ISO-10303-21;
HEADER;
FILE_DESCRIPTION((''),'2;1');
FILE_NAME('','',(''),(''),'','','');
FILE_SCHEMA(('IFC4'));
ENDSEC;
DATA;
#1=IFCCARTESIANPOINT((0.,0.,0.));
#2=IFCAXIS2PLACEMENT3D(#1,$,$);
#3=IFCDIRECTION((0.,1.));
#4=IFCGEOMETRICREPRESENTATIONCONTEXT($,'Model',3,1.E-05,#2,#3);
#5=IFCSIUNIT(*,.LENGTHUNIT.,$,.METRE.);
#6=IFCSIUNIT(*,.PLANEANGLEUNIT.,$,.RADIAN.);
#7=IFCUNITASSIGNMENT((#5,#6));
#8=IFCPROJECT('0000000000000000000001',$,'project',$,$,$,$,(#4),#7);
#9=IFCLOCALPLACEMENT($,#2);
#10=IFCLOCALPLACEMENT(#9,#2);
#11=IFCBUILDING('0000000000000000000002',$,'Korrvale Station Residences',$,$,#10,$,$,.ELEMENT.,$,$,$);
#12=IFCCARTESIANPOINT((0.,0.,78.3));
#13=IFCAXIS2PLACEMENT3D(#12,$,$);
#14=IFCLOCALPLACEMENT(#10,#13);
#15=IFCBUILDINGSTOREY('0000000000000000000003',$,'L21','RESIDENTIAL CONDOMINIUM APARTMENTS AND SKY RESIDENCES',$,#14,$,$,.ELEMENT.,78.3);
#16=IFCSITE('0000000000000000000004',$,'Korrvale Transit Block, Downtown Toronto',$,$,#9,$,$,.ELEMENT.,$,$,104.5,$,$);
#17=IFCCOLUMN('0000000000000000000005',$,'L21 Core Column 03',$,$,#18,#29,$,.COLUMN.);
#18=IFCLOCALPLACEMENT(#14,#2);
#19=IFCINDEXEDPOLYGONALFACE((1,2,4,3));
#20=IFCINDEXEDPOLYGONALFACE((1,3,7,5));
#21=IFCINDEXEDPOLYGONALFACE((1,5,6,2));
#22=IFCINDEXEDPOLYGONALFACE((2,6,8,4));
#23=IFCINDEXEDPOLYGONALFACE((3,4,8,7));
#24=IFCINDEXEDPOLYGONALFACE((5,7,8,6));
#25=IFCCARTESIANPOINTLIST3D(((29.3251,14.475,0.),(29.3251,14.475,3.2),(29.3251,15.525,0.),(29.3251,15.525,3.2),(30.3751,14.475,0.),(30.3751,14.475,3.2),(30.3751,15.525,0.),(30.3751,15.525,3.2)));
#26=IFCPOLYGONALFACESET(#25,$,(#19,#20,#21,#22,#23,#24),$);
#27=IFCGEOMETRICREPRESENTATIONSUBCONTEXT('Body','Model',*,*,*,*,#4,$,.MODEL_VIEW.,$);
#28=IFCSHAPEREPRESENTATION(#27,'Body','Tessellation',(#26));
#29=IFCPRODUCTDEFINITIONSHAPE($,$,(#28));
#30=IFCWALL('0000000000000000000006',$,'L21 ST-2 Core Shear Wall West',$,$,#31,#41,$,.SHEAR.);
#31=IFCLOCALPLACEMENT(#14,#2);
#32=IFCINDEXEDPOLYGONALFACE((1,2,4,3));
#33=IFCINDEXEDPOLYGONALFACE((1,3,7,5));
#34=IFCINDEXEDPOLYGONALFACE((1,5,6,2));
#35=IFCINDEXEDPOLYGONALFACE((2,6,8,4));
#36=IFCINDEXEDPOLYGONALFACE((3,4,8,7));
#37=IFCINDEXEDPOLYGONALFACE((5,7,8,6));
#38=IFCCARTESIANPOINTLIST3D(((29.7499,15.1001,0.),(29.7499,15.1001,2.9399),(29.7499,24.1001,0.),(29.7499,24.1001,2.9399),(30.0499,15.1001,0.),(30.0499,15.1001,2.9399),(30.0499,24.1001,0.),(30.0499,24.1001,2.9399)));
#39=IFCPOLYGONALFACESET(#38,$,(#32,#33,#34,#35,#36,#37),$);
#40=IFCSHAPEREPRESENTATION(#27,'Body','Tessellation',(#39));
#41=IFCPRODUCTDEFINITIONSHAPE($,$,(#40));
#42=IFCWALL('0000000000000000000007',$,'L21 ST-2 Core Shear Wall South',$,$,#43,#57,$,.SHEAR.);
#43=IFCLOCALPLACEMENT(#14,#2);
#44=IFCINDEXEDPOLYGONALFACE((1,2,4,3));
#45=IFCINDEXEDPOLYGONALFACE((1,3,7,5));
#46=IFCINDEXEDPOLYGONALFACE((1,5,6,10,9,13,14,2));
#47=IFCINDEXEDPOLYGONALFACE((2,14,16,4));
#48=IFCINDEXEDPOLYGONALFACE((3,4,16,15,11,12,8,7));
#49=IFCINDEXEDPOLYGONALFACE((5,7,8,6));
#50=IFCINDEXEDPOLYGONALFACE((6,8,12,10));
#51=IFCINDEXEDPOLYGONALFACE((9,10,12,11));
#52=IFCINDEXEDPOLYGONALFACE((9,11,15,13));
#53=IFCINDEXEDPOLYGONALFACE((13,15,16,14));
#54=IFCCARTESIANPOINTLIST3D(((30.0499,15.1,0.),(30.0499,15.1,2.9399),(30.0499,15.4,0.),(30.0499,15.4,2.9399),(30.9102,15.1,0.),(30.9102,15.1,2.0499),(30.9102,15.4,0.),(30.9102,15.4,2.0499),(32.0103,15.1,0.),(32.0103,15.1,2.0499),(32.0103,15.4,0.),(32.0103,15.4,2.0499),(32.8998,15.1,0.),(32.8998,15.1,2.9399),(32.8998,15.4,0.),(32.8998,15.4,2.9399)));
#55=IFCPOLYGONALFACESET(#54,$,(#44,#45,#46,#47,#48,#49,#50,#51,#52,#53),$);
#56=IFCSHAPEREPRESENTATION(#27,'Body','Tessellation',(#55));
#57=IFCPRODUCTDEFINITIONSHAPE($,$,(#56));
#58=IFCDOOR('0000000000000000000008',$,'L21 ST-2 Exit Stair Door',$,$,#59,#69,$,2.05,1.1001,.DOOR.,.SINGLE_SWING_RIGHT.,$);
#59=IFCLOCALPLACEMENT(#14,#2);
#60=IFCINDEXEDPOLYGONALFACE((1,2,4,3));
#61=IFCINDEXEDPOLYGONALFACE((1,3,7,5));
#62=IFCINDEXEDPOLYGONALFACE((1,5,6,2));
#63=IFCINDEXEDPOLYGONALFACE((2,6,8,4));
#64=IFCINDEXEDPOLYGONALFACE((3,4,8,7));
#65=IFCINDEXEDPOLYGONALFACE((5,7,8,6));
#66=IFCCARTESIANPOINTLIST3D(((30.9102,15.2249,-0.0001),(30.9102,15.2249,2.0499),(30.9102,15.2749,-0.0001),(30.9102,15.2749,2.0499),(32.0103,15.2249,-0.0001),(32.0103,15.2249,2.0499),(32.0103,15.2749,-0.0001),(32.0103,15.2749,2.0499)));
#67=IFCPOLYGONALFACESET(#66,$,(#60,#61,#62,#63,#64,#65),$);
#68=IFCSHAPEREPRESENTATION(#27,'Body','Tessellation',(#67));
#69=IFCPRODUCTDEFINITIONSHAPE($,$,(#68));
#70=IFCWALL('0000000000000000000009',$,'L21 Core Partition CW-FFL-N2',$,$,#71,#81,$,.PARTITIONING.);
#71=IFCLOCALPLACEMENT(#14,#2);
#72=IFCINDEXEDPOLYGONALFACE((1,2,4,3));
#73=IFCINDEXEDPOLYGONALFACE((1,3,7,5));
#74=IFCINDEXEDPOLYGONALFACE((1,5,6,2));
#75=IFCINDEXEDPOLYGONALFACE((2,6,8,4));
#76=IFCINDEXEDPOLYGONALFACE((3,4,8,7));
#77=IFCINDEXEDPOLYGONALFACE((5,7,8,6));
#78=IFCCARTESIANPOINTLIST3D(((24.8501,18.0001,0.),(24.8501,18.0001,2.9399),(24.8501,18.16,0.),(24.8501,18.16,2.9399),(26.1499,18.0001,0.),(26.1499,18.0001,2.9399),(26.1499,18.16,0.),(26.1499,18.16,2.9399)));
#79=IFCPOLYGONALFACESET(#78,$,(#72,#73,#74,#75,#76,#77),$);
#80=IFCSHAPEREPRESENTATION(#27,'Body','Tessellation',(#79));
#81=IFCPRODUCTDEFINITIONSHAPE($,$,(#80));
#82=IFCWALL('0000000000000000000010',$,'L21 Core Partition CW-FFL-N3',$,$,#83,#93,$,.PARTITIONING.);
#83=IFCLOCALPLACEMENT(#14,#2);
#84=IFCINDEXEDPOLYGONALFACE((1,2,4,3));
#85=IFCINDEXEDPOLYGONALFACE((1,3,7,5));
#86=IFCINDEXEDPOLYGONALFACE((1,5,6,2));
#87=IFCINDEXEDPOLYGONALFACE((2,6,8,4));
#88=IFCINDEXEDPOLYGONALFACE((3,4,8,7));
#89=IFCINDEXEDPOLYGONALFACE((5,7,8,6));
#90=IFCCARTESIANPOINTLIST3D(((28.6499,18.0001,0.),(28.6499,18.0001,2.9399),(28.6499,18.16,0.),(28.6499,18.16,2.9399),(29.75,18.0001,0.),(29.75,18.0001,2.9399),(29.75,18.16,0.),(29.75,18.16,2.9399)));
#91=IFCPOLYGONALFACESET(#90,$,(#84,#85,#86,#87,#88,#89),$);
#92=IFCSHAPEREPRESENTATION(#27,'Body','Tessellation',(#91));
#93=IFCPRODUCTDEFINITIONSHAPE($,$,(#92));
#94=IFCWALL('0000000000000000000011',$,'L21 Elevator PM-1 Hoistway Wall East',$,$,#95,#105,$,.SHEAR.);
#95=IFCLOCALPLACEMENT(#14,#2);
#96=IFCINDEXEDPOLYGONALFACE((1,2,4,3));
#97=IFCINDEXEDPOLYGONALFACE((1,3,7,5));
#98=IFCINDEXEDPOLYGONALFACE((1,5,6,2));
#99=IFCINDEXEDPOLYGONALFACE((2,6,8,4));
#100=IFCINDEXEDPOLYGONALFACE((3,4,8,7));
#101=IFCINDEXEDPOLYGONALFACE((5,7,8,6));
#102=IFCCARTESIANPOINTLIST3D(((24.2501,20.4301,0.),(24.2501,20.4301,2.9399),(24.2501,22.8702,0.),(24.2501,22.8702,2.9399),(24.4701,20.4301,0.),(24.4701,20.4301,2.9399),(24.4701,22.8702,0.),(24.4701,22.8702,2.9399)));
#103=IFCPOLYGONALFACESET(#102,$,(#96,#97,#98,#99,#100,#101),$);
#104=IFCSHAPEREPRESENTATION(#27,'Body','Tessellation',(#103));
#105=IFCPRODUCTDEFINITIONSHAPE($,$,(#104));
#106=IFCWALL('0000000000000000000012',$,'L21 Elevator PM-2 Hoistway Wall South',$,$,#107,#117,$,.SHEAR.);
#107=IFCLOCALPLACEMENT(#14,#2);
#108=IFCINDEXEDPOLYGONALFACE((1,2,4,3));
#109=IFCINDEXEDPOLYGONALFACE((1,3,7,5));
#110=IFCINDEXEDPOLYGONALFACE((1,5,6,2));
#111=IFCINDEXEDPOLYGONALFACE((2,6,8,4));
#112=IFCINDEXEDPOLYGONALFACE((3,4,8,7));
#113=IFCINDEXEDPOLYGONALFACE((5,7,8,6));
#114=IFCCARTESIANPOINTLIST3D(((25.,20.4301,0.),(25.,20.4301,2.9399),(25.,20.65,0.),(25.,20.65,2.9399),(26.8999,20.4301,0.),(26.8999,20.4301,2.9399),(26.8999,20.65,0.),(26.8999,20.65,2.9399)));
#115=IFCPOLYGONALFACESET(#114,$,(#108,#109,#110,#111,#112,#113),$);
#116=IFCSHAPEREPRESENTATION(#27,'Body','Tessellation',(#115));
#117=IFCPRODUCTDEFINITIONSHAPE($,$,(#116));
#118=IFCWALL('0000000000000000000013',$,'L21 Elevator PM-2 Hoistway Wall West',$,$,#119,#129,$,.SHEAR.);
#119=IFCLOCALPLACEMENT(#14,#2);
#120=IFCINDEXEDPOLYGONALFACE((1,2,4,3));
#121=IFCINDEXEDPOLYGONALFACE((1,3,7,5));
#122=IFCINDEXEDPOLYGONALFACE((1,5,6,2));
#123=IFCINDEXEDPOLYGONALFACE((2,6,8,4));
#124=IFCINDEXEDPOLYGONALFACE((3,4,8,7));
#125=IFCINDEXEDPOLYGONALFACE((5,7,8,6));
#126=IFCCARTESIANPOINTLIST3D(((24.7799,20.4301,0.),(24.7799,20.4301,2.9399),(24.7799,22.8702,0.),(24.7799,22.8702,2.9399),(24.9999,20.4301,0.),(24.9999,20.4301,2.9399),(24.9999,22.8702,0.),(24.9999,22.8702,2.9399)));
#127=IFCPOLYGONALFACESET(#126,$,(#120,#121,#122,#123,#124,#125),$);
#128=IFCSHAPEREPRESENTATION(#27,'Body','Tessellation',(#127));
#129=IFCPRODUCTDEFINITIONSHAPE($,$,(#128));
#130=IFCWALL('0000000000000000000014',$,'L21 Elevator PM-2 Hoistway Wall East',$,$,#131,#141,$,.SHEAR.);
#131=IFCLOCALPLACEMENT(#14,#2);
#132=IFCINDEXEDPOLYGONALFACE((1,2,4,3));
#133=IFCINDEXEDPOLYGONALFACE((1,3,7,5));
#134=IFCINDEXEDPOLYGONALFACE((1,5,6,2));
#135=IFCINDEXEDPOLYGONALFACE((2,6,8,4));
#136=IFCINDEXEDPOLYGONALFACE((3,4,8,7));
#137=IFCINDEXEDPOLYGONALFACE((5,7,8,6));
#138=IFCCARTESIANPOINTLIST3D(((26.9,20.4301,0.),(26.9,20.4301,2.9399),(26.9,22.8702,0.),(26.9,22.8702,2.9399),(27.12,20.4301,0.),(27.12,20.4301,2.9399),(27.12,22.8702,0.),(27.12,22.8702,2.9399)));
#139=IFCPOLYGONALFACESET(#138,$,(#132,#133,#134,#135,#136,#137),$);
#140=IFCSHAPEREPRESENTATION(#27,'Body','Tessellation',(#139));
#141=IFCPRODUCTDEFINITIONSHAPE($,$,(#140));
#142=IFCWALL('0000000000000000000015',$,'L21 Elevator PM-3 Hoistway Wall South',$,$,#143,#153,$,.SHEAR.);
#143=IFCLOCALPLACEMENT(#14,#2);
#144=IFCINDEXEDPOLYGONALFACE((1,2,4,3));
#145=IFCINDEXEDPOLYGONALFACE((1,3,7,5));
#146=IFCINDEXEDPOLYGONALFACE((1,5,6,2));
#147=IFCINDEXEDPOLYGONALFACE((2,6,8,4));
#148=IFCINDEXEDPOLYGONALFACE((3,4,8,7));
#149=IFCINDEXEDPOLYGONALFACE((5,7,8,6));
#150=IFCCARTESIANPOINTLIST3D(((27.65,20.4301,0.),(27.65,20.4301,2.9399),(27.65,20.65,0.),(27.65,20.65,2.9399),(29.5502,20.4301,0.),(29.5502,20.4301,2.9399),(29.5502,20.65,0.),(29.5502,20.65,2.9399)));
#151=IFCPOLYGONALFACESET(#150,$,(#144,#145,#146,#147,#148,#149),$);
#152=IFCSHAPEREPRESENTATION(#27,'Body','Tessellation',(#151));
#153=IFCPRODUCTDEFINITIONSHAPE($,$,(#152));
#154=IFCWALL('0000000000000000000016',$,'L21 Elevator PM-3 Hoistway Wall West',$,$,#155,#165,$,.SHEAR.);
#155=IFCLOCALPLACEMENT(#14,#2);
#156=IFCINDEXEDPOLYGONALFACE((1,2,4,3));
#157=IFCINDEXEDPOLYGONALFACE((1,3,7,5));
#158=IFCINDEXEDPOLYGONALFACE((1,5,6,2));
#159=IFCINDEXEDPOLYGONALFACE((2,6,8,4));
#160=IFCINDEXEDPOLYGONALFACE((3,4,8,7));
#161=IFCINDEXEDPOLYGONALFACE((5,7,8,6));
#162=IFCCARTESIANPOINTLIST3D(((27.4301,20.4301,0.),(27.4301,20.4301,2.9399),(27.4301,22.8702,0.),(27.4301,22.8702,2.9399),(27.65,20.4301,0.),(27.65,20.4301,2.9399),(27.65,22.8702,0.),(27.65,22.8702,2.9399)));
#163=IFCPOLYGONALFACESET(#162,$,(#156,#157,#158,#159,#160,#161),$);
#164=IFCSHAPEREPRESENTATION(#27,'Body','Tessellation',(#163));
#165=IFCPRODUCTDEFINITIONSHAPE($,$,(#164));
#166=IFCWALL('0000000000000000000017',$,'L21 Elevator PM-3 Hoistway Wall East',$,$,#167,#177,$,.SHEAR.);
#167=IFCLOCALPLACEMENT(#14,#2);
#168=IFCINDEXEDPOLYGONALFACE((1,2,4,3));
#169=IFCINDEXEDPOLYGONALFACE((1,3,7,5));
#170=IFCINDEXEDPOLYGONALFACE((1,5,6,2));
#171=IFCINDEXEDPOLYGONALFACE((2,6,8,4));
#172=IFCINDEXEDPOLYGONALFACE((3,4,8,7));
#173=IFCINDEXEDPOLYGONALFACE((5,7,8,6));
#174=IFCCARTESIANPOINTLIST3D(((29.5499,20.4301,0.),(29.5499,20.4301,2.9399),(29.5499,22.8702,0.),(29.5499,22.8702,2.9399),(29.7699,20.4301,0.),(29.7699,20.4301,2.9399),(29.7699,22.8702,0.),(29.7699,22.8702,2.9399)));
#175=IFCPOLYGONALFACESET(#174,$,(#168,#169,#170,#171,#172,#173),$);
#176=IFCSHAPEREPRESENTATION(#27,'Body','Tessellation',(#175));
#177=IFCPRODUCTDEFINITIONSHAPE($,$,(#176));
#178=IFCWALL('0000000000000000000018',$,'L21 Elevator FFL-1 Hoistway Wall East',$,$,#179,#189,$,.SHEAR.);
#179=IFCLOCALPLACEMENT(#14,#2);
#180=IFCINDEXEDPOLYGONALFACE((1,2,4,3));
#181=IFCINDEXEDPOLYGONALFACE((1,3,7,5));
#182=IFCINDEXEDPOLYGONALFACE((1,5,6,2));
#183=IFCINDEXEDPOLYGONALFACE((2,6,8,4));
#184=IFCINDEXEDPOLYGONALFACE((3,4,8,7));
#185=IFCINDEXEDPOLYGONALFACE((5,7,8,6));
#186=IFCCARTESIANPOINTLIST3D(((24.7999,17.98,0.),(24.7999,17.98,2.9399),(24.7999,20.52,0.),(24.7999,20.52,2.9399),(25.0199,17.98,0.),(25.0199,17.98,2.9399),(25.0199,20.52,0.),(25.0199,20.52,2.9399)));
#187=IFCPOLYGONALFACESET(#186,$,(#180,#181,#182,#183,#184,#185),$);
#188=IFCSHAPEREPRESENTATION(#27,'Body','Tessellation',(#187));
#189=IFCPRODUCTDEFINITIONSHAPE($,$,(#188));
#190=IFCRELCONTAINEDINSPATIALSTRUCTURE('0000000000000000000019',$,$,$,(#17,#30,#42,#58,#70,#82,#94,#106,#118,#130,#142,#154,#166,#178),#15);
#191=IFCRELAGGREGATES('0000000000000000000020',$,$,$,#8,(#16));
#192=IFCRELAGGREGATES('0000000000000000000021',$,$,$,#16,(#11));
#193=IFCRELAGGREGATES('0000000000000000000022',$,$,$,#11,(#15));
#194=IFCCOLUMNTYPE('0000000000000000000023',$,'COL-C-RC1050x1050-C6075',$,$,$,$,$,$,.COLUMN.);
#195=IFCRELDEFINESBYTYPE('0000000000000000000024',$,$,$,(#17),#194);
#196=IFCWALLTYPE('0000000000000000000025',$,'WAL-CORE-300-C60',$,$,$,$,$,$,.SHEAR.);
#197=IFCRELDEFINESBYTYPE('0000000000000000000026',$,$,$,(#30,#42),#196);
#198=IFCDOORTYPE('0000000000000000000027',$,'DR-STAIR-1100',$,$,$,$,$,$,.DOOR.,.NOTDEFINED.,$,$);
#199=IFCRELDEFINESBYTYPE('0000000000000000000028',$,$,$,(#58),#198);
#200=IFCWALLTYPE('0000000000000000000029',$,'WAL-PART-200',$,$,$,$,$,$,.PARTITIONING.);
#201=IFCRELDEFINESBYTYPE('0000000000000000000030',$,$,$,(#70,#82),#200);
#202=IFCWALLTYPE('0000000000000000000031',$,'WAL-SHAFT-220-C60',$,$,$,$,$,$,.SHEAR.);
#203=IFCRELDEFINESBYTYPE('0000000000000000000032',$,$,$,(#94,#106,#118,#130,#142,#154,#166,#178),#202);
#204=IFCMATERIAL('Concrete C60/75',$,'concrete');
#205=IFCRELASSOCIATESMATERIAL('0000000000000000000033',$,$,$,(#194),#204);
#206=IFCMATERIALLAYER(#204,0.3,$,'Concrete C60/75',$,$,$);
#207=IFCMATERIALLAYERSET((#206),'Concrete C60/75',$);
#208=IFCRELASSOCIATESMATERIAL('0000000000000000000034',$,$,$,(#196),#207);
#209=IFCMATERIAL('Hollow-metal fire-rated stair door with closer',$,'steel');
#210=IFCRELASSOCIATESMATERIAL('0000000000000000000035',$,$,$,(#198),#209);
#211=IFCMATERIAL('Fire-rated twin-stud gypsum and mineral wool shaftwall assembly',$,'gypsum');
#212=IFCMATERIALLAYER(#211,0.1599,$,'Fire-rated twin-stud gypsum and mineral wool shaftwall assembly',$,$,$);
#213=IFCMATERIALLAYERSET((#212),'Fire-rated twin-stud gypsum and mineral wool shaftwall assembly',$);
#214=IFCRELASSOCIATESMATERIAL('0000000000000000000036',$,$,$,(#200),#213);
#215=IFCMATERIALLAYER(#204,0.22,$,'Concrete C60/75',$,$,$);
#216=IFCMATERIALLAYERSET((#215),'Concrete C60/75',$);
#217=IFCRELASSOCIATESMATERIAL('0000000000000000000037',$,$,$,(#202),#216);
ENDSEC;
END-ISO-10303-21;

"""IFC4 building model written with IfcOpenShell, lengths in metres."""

from ifc_helpers import new_model, si_unit, direction, frame, frame_2d, origin, origin_2d, place, context, subcontext, project, spatial, rectangle, extrude, material, layer, layer_set, material_profile, profile_set, type_object, element, fill, save


model = new_model("IFC4")

# Units and contexts
model_context = context("Model", 3, precision=1e-05, world=origin(), true_north=direction((0.0, 1.0)))
body_context = subcontext(model_context, "Body", "Model", "MODEL_VIEW")
ifc_project = project(units=[si_unit("LENGTHUNIT", "METRE"), si_unit("PLANEANGLEUNIT", "RADIAN")], contexts=[model_context])

# Site, building, storey
site_placement = place(None, origin())
site = spatial("IfcSite", under=ifc_project, at=site_placement, Name="Korrvale Transit Block, Downtown Toronto", CompositionType="ELEMENT", RefElevation=104.5)
building_placement = place(site_placement, origin())
building = spatial("IfcBuilding", under=site, at=building_placement, Name="Korrvale Station Residences", CompositionType="ELEMENT")
storey_placement = place(building_placement, frame((0.0, 0.0, 78.3)))
storey = spatial("IfcBuildingStorey", under=building, at=storey_placement, Name="L21", Description="RESIDENTIAL CONDOMINIUM APARTMENTS AND SKY RESIDENCES", CompositionType="ELEMENT", Elevation=78.3)

# Column
ifc_material_1 = material(Name="Concrete C60/75", Category="concrete")
ifc_material_profile = material_profile(ifc_material_1, rectangle(XDim=1.05, YDim=1.05, at=origin_2d()), Name="RC1050x1050")
ifc_profile_set = profile_set([ifc_material_profile], Name="Concrete C60/75")
column_type = type_object("IfcColumnType", Name="COL-C-RC1050x1050-C6075", PredefinedType="COLUMN", material=ifc_profile_set)
column_placement = place(storey_placement, frame((29.8501, 15.0, 0.0), z_axis=(0.0, 0.0, 1.0), x_axis=(1.0, 0.0, 0.0)))
element("IfcColumn", 1, at=column_placement, inside=storey, type_object=column_type, Name="L21 Core Column 03", PredefinedType="COLUMN", context=body_context, shape_type="SweptSolid", body=[
    extrude(rectangle(XDim=1.05, YDim=1.05, at=origin_2d()), origin(), (0.0, 0.0, 1.0), 3.2),
])

# Wall
ifc_layer_1 = layer(ifc_material_1, 0.3, Name="Concrete C60/75")
ifc_layer_set_1 = layer_set([ifc_layer_1], Name="Concrete C60/75")
wall_type_1 = type_object("IfcWallType", Name="WAL-CORE-300-C60", PredefinedType="SHEAR", material=ifc_layer_set_1)
wall_1_placement = place(storey_placement, frame((29.8999, 15.1001, 0.0), z_axis=(0.0, 0.0, 1.0), x_axis=(0.0, 1.0, 0.0)))
element("IfcWall", 2, at=wall_1_placement, inside=storey, type_object=wall_type_1, Name="L21 ST-2 Core Shear Wall West", PredefinedType="SHEAR", context=body_context, shape_type="SweptSolid", body=[
    extrude(rectangle(XDim=9.0, YDim=0.3, at=frame_2d((4.5, 0.0))), origin(), (0.0, 0.0, 1.0), 2.9399),
])

# Wall, opening, door
wall_2_placement = place(storey_placement, frame((30.05, 15.25, 0.0), z_axis=(0.0, 0.0, 1.0), x_axis=(1.0, 0.0, 0.0)))
wall_2 = element("IfcWall", 3, at=wall_2_placement, inside=storey, type_object=wall_type_1, Name="L21 ST-2 Core Shear Wall South", PredefinedType="SHEAR", context=body_context, shape_type="SweptSolid", body=[
    extrude(rectangle(XDim=2.8499, YDim=0.3, at=frame_2d((1.4248, 0.0))), origin(), (0.0, 0.0, 1.0), 2.9399),
])
opening_1_placement = place(wall_2_placement, frame((0.8601, 0.0, 0.0)))
opening_1 = element("IfcOpeningElement", 4, at=opening_1_placement, cuts=wall_2, PredefinedType="OPENING", context=body_context, shape_type="SweptSolid", body=[
    extrude(rectangle(XDim=1.1001, YDim=2.05, at=frame_2d((0.55, 1.0249))), frame((0.0, 0.1602, 0.0), z_axis=(0.0, -1.0, 0.0), x_axis=(1.0, 0.0, 0.0)), (0.0, 0.0, 1.0), 0.3201),
])
ifc_material_2 = material(Name="Hollow-metal fire-rated stair door with closer", Category="steel")
door_type_1 = type_object("IfcDoorType", Name="DR-STAIR-1100", OperationType="NOTDEFINED", PredefinedType="DOOR", material=ifc_material_2)
door_1_placement = place(opening_1_placement, origin())
door_1 = element("IfcDoor", 5, at=door_1_placement, inside=storey, type_object=door_type_1, Name="L21 ST-2 Exit Stair Door", OperationType="SINGLE_SWING_RIGHT", OverallHeight=2.05, OverallWidth=1.1001, PredefinedType="DOOR", context=body_context, shape_type="SweptSolid", body=[
    extrude(rectangle(XDim=1.1001, YDim=2.05, at=frame_2d((0.55, 1.0249))), frame((0.0, 0.0249, 0.0), z_axis=(0.0, -1.0, 0.0), x_axis=(1.0, 0.0, 0.0)), (0.0, 0.0, 1.0), 0.05),
])
fill(opening_1, door_1)

# Walls
ifc_material_3 = material(Name="Fire-rated twin-stud gypsum and mineral wool shaftwall assembly", Category="gypsum")
ifc_layer_2 = layer(ifc_material_3, 0.1599, Name="Fire-rated twin-stud gypsum and mineral wool shaftwall assembly")
ifc_layer_set_2 = layer_set([ifc_layer_2], Name="Fire-rated twin-stud gypsum and mineral wool shaftwall assembly")
wall_type_2 = type_object("IfcWallType", Name="WAL-PART-200", PredefinedType="PARTITIONING", material=ifc_layer_set_2)
wall_3_placement = place(storey_placement, frame((24.8501, 18.0801, 0.0), z_axis=(0.0, 0.0, 1.0), x_axis=(1.0, 0.0, 0.0)))
element("IfcWall", 6, at=wall_3_placement, inside=storey, type_object=wall_type_2, Name="L21 Core Partition CW-FFL-N2", PredefinedType="PARTITIONING", context=body_context, shape_type="SweptSolid", body=[
    extrude(rectangle(XDim=1.2998, YDim=0.1599, at=frame_2d((0.6499, 0.0))), origin(), (0.0, 0.0, 1.0), 2.9399),
])
wall_4_placement = place(storey_placement, frame((28.6499, 18.0801, 0.0), z_axis=(0.0, 0.0, 1.0), x_axis=(1.0, 0.0, 0.0)))
element("IfcWall", 7, at=wall_4_placement, inside=storey, type_object=wall_type_2, Name="L21 Core Partition CW-FFL-N3", PredefinedType="PARTITIONING", context=body_context, shape_type="SweptSolid", body=[
    extrude(rectangle(XDim=1.1001, YDim=0.1599, at=frame_2d((0.55, 0.0))), origin(), (0.0, 0.0, 1.0), 2.9399),
])
ifc_layer_3 = layer(ifc_material_1, 0.22, Name="Concrete C60/75")
ifc_layer_set_3 = layer_set([ifc_layer_3], Name="Concrete C60/75")
wall_type_3 = type_object("IfcWallType", Name="WAL-SHAFT-220-C60", PredefinedType="SHEAR", material=ifc_layer_set_3)
wall_5_placement = place(storey_placement, frame((24.3601, 20.4299, 0.0), z_axis=(0.0, 0.0, 1.0), x_axis=(0.0, 1.0, 0.0)))
element("IfcWall", 8, at=wall_5_placement, inside=storey, type_object=wall_type_3, Name="L21 Elevator PM-1 Hoistway Wall East", PredefinedType="SHEAR", context=body_context, shape_type="SweptSolid", body=[
    extrude(rectangle(XDim=2.4402, YDim=0.22, at=frame_2d((1.2202, 0.0))), origin(), (0.0, 0.0, 1.0), 2.9399),
])
wall_6_placement = place(storey_placement, frame((25.0, 20.54, 0.0), z_axis=(0.0, 0.0, 1.0), x_axis=(1.0, 0.0, 0.0)))
element("IfcWall", 9, at=wall_6_placement, inside=storey, type_object=wall_type_3, Name="L21 Elevator PM-2 Hoistway Wall South", PredefinedType="SHEAR", context=body_context, shape_type="SweptSolid", body=[
    extrude(rectangle(XDim=1.8999, YDim=0.22, at=frame_2d((0.95, 0.0))), origin(), (0.0, 0.0, 1.0), 2.9399),
])
for number, where, z_axis, x_axis, name in (
    (10, (24.8899, 20.4299, 0.0), (0.0, 0.0, 1.0), (0.0, 1.0, 0.0), "L21 Elevator PM-2 Hoistway Wall West"),
    (11, (27.01, 20.4299, 0.0), (0.0, 0.0, 1.0), (0.0, 1.0, 0.0), "L21 Elevator PM-2 Hoistway Wall East"),
):
    element("IfcWall", number, at=place(storey_placement, frame(where, z_axis=z_axis, x_axis=x_axis)), inside=storey, type_object=wall_type_3, Name=name, PredefinedType="SHEAR", context=body_context, shape_type="SweptSolid", body=[
        extrude(rectangle(XDim=2.4402, YDim=0.22, at=frame_2d((1.2202, 0.0))), origin(), (0.0, 0.0, 1.0), 2.9399),
    ])
wall_7_placement = place(storey_placement, frame((27.6499, 20.54, 0.0), z_axis=(0.0, 0.0, 1.0), x_axis=(1.0, 0.0, 0.0)))
element("IfcWall", 12, at=wall_7_placement, inside=storey, type_object=wall_type_3, Name="L21 Elevator PM-3 Hoistway Wall South", PredefinedType="SHEAR", context=body_context, shape_type="SweptSolid", body=[
    extrude(rectangle(XDim=1.9001, YDim=0.22, at=frame_2d((0.9502, 0.0))), origin(), (0.0, 0.0, 1.0), 2.9399),
])
for number, where, z_axis, x_axis, name in (
    (13, (27.54, 20.4299, 0.0), (0.0, 0.0, 1.0), (0.0, 1.0, 0.0), "L21 Elevator PM-3 Hoistway Wall West"),
    (14, (29.6599, 20.4299, 0.0), (0.0, 0.0, 1.0), (0.0, 1.0, 0.0), "L21 Elevator PM-3 Hoistway Wall East"),
):
    element("IfcWall", number, at=place(storey_placement, frame(where, z_axis=z_axis, x_axis=x_axis)), inside=storey, type_object=wall_type_3, Name=name, PredefinedType="SHEAR", context=body_context, shape_type="SweptSolid", body=[
        extrude(rectangle(XDim=2.4402, YDim=0.22, at=frame_2d((1.2202, 0.0))), origin(), (0.0, 0.0, 1.0), 2.9399),
    ])
wall_8_placement = place(storey_placement, frame((24.9099, 17.98, 0.0), z_axis=(0.0, 0.0, 1.0), x_axis=(0.0, 1.0, 0.0)))
element("IfcWall", 15, at=wall_8_placement, inside=storey, type_object=wall_type_3, Name="L21 Elevator FFL-1 Hoistway Wall East", PredefinedType="SHEAR", context=body_context, shape_type="SweptSolid", body=[
    extrude(rectangle(XDim=2.54, YDim=0.22, at=frame_2d((1.27, 0.0))), origin(), (0.0, 0.0, 1.0), 2.9399),
])

save(model, "model.ifc")
